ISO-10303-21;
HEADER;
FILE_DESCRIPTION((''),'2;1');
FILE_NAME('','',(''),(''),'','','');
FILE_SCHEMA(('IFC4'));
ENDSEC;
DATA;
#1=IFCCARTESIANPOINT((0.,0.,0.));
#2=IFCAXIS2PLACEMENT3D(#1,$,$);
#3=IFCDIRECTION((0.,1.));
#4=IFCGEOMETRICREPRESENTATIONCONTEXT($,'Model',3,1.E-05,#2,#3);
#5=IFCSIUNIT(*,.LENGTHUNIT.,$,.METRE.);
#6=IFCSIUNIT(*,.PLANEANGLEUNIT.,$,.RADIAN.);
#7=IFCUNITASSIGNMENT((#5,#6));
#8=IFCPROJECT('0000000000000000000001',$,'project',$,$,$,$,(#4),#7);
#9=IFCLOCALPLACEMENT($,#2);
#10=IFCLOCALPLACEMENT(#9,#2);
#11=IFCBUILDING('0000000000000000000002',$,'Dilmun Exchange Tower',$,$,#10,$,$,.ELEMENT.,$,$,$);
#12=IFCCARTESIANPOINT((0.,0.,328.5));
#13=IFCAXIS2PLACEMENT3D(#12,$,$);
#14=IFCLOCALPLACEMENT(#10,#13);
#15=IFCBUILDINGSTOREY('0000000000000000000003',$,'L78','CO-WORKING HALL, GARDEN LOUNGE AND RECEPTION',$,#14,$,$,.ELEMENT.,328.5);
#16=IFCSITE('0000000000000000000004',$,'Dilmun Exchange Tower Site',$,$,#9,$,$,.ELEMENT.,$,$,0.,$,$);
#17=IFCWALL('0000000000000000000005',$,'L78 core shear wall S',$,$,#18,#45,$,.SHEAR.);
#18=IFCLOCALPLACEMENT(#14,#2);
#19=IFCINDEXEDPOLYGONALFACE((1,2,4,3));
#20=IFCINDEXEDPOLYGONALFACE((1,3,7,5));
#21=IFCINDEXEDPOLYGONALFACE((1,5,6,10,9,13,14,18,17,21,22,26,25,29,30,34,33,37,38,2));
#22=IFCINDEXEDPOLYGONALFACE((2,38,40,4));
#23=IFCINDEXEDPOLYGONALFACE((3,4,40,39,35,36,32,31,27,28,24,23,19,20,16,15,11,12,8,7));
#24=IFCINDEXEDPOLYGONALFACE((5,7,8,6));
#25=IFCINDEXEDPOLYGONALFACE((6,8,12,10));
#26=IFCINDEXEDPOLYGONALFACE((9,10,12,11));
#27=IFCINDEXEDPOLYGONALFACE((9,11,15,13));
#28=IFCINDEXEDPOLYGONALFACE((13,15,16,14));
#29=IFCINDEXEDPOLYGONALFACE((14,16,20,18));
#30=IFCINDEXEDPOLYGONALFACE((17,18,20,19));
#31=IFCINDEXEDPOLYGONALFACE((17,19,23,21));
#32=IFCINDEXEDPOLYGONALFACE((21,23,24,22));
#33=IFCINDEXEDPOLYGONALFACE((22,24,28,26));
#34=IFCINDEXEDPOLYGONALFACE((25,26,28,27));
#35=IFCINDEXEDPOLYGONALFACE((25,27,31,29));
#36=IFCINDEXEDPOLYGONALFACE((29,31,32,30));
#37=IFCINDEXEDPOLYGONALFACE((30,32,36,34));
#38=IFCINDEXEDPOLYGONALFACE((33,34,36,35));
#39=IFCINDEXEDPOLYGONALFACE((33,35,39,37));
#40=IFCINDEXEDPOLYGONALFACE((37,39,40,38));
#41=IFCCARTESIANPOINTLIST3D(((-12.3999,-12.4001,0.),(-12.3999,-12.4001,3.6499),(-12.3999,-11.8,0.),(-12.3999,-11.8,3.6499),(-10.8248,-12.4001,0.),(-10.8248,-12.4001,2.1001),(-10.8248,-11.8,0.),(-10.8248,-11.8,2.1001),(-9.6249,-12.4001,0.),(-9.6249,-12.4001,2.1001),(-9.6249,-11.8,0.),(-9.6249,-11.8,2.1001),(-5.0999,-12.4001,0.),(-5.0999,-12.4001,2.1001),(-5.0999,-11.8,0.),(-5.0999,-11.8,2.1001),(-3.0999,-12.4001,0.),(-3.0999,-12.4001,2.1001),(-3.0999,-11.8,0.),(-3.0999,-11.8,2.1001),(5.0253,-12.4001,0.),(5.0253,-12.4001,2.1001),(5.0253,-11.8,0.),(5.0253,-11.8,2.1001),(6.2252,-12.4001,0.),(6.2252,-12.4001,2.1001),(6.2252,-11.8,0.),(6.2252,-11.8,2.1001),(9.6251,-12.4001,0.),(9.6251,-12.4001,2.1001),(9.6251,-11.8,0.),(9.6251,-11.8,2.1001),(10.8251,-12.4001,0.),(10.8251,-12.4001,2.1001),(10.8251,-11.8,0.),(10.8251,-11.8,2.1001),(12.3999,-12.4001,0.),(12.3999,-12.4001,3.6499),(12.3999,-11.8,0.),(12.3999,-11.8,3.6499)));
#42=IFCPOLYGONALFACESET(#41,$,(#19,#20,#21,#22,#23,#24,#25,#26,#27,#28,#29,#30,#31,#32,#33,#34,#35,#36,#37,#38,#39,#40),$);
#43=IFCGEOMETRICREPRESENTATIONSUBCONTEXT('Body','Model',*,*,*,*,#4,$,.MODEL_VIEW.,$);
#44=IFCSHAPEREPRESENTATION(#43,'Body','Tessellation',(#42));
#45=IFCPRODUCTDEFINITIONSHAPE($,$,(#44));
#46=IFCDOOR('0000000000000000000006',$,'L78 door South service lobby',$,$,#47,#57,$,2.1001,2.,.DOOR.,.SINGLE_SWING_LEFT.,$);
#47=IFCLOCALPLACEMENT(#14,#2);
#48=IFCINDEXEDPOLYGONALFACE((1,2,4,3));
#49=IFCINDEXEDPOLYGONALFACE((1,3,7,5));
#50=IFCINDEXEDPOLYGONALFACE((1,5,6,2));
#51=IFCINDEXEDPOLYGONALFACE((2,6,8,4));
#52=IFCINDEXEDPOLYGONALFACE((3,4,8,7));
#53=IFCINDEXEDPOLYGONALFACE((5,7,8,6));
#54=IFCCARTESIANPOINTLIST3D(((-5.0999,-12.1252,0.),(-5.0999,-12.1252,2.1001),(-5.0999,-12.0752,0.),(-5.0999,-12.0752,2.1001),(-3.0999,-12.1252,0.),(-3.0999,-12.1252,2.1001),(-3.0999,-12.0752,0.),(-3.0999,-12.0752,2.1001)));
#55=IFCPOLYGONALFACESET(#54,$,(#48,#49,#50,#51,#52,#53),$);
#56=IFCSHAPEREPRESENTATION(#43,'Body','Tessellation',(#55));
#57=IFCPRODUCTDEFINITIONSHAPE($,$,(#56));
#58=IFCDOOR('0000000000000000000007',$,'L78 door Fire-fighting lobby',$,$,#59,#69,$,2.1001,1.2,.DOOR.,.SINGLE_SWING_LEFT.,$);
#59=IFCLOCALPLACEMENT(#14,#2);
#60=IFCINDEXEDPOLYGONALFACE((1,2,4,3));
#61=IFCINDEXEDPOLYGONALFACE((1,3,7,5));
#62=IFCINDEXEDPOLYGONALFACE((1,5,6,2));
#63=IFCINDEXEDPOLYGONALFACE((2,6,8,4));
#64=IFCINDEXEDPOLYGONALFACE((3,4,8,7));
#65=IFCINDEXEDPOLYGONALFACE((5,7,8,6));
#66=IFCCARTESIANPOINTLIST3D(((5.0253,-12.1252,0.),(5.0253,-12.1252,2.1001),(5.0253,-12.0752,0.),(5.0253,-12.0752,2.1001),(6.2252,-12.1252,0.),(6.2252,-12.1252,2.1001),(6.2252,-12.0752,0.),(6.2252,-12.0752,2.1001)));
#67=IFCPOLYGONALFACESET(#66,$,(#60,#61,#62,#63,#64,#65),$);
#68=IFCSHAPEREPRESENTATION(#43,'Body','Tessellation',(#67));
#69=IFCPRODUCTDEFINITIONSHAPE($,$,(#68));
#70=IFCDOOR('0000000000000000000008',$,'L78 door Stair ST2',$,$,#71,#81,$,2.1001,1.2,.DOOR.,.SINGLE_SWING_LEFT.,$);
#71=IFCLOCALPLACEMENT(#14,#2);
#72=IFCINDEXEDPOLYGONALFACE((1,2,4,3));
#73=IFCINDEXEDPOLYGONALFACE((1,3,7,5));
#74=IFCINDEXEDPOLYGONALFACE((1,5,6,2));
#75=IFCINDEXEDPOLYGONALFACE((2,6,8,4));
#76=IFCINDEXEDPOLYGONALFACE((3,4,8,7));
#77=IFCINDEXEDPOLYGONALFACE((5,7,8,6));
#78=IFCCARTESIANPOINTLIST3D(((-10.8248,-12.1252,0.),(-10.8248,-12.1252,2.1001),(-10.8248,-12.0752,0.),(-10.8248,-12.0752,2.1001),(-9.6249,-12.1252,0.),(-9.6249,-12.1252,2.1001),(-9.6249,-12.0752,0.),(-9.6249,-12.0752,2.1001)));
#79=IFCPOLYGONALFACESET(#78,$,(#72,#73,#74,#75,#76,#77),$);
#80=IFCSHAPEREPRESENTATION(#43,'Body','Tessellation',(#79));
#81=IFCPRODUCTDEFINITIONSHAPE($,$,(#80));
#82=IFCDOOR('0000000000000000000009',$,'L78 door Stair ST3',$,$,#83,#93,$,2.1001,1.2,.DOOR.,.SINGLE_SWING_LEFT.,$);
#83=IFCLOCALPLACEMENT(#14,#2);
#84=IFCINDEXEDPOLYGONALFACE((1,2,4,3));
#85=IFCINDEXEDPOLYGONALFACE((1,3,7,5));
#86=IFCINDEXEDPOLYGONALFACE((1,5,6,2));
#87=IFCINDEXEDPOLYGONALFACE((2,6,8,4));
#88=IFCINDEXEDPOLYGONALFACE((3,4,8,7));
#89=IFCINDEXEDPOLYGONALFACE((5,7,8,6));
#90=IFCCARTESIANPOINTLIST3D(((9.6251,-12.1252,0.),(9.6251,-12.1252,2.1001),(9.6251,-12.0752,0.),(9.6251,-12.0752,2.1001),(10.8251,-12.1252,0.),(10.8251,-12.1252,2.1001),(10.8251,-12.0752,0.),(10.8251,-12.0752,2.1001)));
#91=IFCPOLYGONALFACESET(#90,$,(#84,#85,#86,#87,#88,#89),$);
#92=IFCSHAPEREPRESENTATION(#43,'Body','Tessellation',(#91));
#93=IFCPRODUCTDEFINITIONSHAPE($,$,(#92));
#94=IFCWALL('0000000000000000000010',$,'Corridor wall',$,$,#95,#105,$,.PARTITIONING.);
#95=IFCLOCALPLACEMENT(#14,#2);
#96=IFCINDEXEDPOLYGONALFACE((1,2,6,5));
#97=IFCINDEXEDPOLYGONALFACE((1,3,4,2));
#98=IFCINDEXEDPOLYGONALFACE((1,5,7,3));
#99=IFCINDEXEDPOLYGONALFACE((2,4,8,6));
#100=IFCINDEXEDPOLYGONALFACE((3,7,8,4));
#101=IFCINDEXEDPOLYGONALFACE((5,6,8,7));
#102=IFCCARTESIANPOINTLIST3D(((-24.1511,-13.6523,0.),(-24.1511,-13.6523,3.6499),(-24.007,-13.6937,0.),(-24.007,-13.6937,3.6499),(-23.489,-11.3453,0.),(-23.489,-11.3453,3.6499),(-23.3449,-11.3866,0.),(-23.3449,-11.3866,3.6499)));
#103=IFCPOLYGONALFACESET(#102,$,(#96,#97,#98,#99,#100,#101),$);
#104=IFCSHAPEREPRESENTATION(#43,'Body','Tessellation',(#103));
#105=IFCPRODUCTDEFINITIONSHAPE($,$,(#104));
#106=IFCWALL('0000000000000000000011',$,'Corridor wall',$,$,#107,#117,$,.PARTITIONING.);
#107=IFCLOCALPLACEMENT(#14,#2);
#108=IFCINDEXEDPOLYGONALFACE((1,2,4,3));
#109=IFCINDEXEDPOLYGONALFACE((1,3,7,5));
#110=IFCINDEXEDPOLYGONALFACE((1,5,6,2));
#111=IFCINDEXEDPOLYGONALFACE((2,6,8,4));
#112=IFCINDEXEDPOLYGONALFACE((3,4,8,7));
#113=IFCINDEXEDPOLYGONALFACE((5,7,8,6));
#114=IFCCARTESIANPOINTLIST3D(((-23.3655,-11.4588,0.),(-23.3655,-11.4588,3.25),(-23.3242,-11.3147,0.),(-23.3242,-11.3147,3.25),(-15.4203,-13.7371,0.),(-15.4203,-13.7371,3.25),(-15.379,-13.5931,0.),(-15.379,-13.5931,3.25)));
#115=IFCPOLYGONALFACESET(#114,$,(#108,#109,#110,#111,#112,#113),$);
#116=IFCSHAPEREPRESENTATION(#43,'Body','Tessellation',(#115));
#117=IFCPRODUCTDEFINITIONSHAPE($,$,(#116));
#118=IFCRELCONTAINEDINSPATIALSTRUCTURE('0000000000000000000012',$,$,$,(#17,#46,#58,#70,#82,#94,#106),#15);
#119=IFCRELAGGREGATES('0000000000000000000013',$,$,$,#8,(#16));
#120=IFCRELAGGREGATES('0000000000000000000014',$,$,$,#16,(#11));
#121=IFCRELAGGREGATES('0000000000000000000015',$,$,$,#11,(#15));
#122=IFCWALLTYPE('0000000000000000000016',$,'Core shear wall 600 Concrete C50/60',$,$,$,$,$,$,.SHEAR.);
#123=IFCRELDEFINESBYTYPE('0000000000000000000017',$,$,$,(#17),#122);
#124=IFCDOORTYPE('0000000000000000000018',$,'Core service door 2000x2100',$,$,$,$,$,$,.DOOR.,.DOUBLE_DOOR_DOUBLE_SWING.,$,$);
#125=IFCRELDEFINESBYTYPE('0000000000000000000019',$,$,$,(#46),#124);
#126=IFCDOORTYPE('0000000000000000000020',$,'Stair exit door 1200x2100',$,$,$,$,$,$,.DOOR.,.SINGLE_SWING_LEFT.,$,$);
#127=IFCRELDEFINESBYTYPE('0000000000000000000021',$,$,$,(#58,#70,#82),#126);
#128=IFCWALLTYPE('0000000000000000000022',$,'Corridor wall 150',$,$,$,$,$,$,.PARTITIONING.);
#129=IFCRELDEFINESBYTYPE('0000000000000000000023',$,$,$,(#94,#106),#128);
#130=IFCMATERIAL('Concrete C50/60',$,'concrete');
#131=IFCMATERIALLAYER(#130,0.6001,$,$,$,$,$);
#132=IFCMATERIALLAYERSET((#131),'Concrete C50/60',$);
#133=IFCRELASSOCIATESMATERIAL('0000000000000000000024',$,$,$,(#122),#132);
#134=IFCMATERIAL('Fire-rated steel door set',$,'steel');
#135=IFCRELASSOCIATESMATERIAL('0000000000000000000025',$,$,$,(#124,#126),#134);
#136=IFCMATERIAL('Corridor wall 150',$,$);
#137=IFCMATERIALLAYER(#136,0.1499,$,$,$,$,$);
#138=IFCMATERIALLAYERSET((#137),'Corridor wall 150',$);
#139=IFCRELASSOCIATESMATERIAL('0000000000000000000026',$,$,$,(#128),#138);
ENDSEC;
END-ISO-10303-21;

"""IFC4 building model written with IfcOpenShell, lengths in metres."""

from ifc_helpers import new_model, si_unit, direction, frame, frame_2d, origin, place, context, subcontext, project, spatial, rectangle, extrude, material, layer, layer_set, type_object, element, fill, save


model = new_model("IFC4")

# Units and contexts
model_context = context("Model", 3, precision=1e-05, world=origin(), true_north=direction((0.0, 1.0)))
body_context = subcontext(model_context, "Body", "Model", "MODEL_VIEW")
ifc_project = project(units=[si_unit("LENGTHUNIT", "METRE"), si_unit("PLANEANGLEUNIT", "RADIAN")], contexts=[model_context])

# Site, building, storey
site_placement = place(None, origin())
site = spatial("IfcSite", under=ifc_project, at=site_placement, Name="Dilmun Exchange Tower Site", CompositionType="ELEMENT", RefElevation=0.0)
building_placement = place(site_placement, origin())
building = spatial("IfcBuilding", under=site, at=building_placement, Name="Dilmun Exchange Tower", CompositionType="ELEMENT")
storey_placement = place(building_placement, frame((0.0, 0.0, 328.5)))
storey = spatial("IfcBuildingStorey", under=building, at=storey_placement, Name="L78", Description="CO-WORKING HALL, GARDEN LOUNGE AND RECEPTION", CompositionType="ELEMENT", Elevation=328.5)

# Shared definitions
ifc_material_1 = material(Name="Concrete C50/60", Category="concrete")

# Wall, openings, doors
ifc_material_2 = material(Name="Fire-rated steel door set", Category="steel")
ifc_layer_1 = layer(ifc_material_1, 0.6001)
ifc_layer_set_1 = layer_set([ifc_layer_1], Name="Concrete C50/60")
wall_type_1 = type_object("IfcWallType", Name="Core shear wall 600 Concrete C50/60", PredefinedType="SHEAR", material=ifc_layer_set_1)
wall_1_placement = place(storey_placement, frame((-12.3999, -12.1001, 0.0), z_axis=(0.0, 0.0, 1.0), x_axis=(1.0, 0.0, 0.0)))
wall_1 = element("IfcWall", 1, at=wall_1_placement, inside=storey, type_object=wall_type_1, Name="L78 core shear wall S", PredefinedType="SHEAR", context=body_context, shape_type="SweptSolid", body=[
    extrude(rectangle(XDim=24.7998, YDim=0.6001, at=frame_2d((12.3999, 0.0))), origin(), (0.0, 0.0, 1.0), 3.6499),
])
opening_1_placement = place(wall_1_placement, frame((7.3, 0.0, 0.0)))
opening_1 = element("IfcOpeningElement", 2, at=opening_1_placement, cuts=wall_1, PredefinedType="OPENING", context=body_context, shape_type="SweptSolid", body=[
    extrude(rectangle(XDim=2.0, YDim=2.1001, at=frame_2d((1.0, 1.05))), frame((0.0, 0.3101, 0.0), z_axis=(0.0, -1.0, 0.0), x_axis=(1.0, 0.0, 0.0)), (0.0, 0.0, 1.0), 0.6201),
])
opening_2_placement = place(wall_1_placement, frame((17.425, 0.0, 0.0)))
opening_2 = element("IfcOpeningElement", 3, at=opening_2_placement, cuts=wall_1, PredefinedType="OPENING", context=body_context, shape_type="SweptSolid", body=[
    extrude(rectangle(XDim=1.2, YDim=2.1001, at=frame_2d((0.6001, 1.05))), frame((0.0, 0.3101, 0.0), z_axis=(0.0, -1.0, 0.0), x_axis=(1.0, 0.0, 0.0)), (0.0, 0.0, 1.0), 0.6201),
])
opening_3_placement = place(wall_1_placement, frame((1.575, 0.0, 0.0)))
opening_3 = element("IfcOpeningElement", 4, at=opening_3_placement, cuts=wall_1, PredefinedType="OPENING", context=body_context, shape_type="SweptSolid", body=[
    extrude(rectangle(XDim=1.2, YDim=2.1001, at=frame_2d((0.6001, 1.05))), frame((0.0, 0.3101, 0.0), z_axis=(0.0, -1.0, 0.0), x_axis=(1.0, 0.0, 0.0)), (0.0, 0.0, 1.0), 0.6201),
])
opening_4_placement = place(wall_1_placement, frame((22.0249, 0.0, 0.0)))
opening_4 = element("IfcOpeningElement", 5, at=opening_4_placement, cuts=wall_1, PredefinedType="OPENING", context=body_context, shape_type="SweptSolid", body=[
    extrude(rectangle(XDim=1.2, YDim=2.1001, at=frame_2d((0.6001, 1.05))), frame((0.0, 0.3101, 0.0), z_axis=(0.0, -1.0, 0.0), x_axis=(1.0, 0.0, 0.0)), (0.0, 0.0, 1.0), 0.6201),
])
door_type_1 = type_object("IfcDoorType", Name="Core service door 2000x2100", OperationType="DOUBLE_DOOR_DOUBLE_SWING", PredefinedType="DOOR", material=ifc_material_2)
door_1_placement = place(opening_1_placement, origin())
door_1 = element("IfcDoor", 6, at=door_1_placement, inside=storey, type_object=door_type_1, Name="L78 door South service lobby", OperationType="SINGLE_SWING_LEFT", OverallHeight=2.1001, OverallWidth=2.0, PredefinedType="DOOR", context=body_context, shape_type="SweptSolid", body=[
    extrude(rectangle(XDim=2.0, YDim=2.1001, at=frame_2d((1.0, 1.05))), frame((0.0, 0.0249, 0.0), z_axis=(0.0, -1.0, 0.0), x_axis=(1.0, 0.0, 0.0)), (0.0, 0.0, 1.0), 0.05),
])
fill(opening_1, door_1)
door_type_2 = type_object("IfcDoorType", Name="Stair exit door 1200x2100", OperationType="SINGLE_SWING_LEFT", PredefinedType="DOOR", material=ifc_material_2)
door_2_placement = place(opening_2_placement, origin())
door_2 = element("IfcDoor", 7, at=door_2_placement, inside=storey, type_object=door_type_2, Name="L78 door Fire-fighting lobby", OperationType="SINGLE_SWING_LEFT", OverallHeight=2.1001, OverallWidth=1.2, PredefinedType="DOOR", context=body_context, shape_type="SweptSolid", body=[
    extrude(rectangle(XDim=1.2, YDim=2.1001, at=frame_2d((0.6001, 1.05))), frame((0.0, 0.0249, 0.0), z_axis=(0.0, -1.0, 0.0), x_axis=(1.0, 0.0, 0.0)), (0.0, 0.0, 1.0), 0.05),
])
fill(opening_2, door_2)
door_3_placement = place(opening_3_placement, origin())
door_3 = element("IfcDoor", 8, at=door_3_placement, inside=storey, type_object=door_type_2, Name="L78 door Stair ST2", OperationType="SINGLE_SWING_LEFT", OverallHeight=2.1001, OverallWidth=1.2, PredefinedType="DOOR", context=body_context, shape_type="SweptSolid", body=[
    extrude(rectangle(XDim=1.2, YDim=2.1001, at=frame_2d((0.6001, 1.05))), frame((0.0, 0.0249, 0.0), z_axis=(0.0, -1.0, 0.0), x_axis=(1.0, 0.0, 0.0)), (0.0, 0.0, 1.0), 0.05),
])
fill(opening_3, door_3)
door_4_placement = place(opening_4_placement, origin())
door_4 = element("IfcDoor", 9, at=door_4_placement, inside=storey, type_object=door_type_2, Name="L78 door Stair ST3", OperationType="SINGLE_SWING_LEFT", OverallHeight=2.1001, OverallWidth=1.2, PredefinedType="DOOR", context=body_context, shape_type="SweptSolid", body=[
    extrude(rectangle(XDim=1.2, YDim=2.1001, at=frame_2d((0.6001, 1.05))), frame((0.0, 0.0249, 0.0), z_axis=(0.0, -1.0, 0.0), x_axis=(1.0, 0.0, 0.0)), (0.0, 0.0, 1.0), 0.05),
])
fill(opening_4, door_4)

# Walls
ifc_material_3 = material(Name="Corridor wall 150")
ifc_layer_2 = layer(ifc_material_3, 0.1499)
ifc_layer_set_2 = layer_set([ifc_layer_2], Name="Corridor wall 150")
wall_type_2 = type_object("IfcWallType", Name="Corridor wall 150", PredefinedType="PARTITIONING", material=ifc_layer_set_2)
wall_2_placement = place(storey_placement, frame((-24.0791, -13.6731, 0.0), z_axis=(0.0, 0.0, 1.0), x_axis=(0.275849, 0.961201, 0.0)))
element("IfcWall", 10, at=wall_2_placement, inside=storey, type_object=wall_type_2, Name="Corridor wall", PredefinedType="PARTITIONING", context=body_context, shape_type="SweptSolid", body=[
    extrude(rectangle(XDim=2.4001, YDim=0.1499, at=frame_2d((1.2002, 0.0))), origin(), (0.0, 0.0, 1.0), 3.6499),
])
wall_3_placement = place(storey_placement, frame((-23.345, -11.3867, 0.0), z_axis=(0.0, 0.0, 1.0), x_axis=(0.961258, -0.275649, 0.0)))
element("IfcWall", 11, at=wall_3_placement, inside=storey, type_object=wall_type_2, Name="Corridor wall", PredefinedType="PARTITIONING", context=body_context, shape_type="SweptSolid", body=[
    extrude(rectangle(XDim=8.2654, YDim=0.1499, at=frame_2d((4.1328, 0.0))), origin(), (0.0, 0.0, 1.0), 3.25),
])

save(model, "model.ifc")
